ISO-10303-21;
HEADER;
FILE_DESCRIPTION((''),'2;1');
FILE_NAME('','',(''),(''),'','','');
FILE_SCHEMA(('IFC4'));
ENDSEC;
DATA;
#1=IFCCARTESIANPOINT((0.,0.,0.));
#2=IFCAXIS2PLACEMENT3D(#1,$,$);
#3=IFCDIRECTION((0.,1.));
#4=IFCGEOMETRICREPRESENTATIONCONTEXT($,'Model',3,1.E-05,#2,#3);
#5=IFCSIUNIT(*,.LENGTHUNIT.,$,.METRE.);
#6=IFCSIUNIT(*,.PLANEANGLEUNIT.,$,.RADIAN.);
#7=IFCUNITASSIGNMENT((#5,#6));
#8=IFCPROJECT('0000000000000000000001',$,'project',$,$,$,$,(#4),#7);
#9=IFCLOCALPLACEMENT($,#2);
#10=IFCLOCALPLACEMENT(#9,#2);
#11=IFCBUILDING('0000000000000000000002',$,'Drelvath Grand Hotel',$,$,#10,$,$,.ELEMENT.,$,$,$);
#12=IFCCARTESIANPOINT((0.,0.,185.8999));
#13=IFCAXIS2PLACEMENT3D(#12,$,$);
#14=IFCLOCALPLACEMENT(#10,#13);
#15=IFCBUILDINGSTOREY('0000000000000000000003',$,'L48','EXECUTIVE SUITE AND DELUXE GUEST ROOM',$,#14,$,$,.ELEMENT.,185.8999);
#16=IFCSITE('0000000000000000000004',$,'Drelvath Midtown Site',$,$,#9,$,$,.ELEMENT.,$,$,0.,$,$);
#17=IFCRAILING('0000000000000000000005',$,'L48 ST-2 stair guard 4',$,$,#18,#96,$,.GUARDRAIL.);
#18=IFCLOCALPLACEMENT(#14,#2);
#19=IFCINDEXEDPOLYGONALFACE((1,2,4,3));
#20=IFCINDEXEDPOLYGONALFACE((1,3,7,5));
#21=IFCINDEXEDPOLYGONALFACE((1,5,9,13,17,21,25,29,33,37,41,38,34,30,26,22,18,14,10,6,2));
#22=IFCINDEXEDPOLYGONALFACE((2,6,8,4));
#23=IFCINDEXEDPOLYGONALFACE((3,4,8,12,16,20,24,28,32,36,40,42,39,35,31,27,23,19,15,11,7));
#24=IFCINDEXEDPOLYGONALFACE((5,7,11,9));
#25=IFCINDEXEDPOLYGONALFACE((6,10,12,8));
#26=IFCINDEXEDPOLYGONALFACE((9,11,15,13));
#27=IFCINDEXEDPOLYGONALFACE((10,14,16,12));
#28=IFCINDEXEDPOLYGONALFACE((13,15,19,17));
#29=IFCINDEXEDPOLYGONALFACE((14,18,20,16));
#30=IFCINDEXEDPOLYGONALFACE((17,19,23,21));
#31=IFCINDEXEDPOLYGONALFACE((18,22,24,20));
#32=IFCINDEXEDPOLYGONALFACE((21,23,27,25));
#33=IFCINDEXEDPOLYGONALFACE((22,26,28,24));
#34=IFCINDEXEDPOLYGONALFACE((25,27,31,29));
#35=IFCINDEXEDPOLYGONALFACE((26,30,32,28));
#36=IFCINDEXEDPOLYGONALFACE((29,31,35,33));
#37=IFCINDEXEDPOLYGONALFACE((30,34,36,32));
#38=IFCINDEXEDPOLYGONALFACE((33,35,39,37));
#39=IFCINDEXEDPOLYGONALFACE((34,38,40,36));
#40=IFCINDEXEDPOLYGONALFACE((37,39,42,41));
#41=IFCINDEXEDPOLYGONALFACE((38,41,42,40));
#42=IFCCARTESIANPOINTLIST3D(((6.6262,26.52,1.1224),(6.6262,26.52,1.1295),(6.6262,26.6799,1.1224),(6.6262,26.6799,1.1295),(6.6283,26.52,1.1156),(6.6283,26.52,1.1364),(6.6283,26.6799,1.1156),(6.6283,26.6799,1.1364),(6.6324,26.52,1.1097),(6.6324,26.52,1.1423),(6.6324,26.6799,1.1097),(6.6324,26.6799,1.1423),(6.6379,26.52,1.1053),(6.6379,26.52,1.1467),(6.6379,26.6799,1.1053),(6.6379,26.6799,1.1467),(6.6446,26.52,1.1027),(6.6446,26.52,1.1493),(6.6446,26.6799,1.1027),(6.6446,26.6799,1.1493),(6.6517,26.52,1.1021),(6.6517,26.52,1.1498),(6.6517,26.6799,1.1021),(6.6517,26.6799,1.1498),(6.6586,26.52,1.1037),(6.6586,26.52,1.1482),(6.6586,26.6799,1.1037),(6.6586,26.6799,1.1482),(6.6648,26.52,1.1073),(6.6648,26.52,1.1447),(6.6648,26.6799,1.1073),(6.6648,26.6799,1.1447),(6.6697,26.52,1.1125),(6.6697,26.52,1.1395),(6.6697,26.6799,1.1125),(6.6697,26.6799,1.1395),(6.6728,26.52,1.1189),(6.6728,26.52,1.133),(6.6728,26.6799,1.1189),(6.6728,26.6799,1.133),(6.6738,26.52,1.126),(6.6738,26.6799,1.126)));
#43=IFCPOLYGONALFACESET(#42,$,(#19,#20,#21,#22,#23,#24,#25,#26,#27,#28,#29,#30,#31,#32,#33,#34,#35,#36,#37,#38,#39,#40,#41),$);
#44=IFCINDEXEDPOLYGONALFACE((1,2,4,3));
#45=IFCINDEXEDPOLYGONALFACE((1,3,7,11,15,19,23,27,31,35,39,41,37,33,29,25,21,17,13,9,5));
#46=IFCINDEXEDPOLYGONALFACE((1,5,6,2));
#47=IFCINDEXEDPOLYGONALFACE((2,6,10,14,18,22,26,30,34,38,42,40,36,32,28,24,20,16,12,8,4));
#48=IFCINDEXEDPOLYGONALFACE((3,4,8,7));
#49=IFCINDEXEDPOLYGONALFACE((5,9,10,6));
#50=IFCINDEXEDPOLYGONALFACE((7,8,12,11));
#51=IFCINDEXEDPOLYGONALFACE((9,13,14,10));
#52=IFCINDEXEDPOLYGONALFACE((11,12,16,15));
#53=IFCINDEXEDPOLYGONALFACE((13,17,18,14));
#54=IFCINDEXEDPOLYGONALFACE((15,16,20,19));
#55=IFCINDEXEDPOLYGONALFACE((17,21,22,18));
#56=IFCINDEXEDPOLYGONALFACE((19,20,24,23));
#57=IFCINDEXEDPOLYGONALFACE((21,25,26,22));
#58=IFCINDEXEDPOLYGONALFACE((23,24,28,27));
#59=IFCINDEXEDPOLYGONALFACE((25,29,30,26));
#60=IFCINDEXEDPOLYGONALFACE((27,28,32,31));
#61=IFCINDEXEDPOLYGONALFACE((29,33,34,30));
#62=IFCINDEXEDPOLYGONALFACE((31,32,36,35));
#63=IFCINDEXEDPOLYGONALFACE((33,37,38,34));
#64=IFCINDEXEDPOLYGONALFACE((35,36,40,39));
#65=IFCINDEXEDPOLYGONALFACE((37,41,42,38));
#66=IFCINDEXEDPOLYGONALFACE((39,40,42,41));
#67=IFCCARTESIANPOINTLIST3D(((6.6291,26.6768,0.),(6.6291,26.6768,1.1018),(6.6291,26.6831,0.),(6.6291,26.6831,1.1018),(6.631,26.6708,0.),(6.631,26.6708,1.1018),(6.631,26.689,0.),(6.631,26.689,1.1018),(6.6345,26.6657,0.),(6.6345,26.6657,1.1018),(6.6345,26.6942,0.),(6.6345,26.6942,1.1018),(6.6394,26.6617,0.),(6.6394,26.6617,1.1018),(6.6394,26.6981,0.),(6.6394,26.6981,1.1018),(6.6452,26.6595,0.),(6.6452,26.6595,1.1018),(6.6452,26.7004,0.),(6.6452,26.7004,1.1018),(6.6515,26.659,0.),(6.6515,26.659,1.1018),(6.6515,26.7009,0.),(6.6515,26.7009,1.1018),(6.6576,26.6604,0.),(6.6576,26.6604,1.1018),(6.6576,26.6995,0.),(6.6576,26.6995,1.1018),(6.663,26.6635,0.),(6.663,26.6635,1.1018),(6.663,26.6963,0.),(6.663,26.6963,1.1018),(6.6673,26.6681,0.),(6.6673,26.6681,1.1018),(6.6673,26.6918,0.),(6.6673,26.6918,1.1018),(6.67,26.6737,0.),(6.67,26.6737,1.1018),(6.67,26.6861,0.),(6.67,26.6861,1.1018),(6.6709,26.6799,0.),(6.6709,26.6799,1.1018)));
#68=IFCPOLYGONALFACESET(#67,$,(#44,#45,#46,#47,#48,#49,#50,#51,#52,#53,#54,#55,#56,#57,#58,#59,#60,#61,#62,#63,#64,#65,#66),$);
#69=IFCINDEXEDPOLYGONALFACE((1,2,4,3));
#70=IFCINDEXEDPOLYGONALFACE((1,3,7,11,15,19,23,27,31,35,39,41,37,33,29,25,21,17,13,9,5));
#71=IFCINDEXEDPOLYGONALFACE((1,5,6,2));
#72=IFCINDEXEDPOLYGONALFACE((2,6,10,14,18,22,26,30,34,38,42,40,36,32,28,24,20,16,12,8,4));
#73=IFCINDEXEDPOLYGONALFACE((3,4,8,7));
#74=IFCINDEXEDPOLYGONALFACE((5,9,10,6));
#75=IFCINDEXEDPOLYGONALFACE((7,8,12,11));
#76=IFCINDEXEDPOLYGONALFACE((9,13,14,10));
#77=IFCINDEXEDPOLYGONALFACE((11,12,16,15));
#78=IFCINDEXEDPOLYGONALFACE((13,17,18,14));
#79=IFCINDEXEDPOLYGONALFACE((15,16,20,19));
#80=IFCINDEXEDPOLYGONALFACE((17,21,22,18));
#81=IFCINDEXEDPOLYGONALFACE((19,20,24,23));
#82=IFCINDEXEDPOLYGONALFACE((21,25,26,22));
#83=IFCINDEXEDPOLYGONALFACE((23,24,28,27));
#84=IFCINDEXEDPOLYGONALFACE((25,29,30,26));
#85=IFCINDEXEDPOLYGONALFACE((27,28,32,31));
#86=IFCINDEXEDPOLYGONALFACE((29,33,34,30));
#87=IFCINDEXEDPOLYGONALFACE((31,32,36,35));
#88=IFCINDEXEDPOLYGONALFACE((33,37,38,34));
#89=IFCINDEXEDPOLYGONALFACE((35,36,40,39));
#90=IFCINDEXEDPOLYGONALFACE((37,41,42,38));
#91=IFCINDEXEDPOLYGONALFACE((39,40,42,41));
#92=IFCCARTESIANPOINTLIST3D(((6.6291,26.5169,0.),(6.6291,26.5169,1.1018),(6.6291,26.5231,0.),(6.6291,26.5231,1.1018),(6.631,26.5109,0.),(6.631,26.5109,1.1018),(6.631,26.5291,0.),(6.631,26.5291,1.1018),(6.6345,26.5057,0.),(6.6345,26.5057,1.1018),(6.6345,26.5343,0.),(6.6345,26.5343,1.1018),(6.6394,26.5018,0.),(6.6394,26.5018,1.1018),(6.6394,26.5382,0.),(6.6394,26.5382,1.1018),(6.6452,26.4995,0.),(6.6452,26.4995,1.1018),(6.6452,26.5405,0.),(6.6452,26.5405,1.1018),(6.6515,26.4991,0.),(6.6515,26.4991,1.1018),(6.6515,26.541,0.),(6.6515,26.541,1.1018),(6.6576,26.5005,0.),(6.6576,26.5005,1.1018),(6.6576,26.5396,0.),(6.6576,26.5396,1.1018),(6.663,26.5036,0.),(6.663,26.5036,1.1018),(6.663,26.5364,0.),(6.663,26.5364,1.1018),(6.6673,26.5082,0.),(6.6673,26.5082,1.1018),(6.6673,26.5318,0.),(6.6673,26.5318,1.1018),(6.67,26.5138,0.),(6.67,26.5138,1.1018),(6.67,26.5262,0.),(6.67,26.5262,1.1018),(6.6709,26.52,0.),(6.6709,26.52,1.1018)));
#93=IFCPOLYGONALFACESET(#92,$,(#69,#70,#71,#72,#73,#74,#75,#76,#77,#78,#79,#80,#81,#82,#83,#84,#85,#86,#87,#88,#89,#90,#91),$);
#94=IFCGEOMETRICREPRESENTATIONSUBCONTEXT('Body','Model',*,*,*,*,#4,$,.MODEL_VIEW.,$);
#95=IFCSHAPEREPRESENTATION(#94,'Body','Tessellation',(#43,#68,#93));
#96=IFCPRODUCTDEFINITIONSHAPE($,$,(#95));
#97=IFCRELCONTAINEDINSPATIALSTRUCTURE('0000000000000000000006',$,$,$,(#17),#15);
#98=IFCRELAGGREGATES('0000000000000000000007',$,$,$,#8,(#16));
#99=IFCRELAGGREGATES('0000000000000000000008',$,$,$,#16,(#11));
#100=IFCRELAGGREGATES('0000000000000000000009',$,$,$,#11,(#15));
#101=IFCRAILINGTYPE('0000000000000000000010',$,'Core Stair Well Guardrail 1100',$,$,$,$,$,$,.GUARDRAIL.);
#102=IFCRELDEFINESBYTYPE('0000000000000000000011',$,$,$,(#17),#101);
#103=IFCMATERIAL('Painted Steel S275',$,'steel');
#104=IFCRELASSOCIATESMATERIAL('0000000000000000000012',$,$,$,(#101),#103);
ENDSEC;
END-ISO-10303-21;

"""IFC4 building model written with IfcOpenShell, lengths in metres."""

from ifc_helpers import new_model, si_unit, direction, frame, origin, origin_2d, place, context, subcontext, project, spatial, circle, extrude, material, type_object, element, save


model = new_model("IFC4")

# Units and contexts
model_context = context("Model", 3, precision=1e-05, world=origin(), true_north=direction((0.0, 1.0)))
body_context = subcontext(model_context, "Body", "Model", "MODEL_VIEW")
ifc_project = project(units=[si_unit("LENGTHUNIT", "METRE"), si_unit("PLANEANGLEUNIT", "RADIAN")], contexts=[model_context])

# Site, building, storey
site_placement = place(None, origin())
site = spatial("IfcSite", under=ifc_project, at=site_placement, Name="Drelvath Midtown Site", CompositionType="ELEMENT", RefElevation=0.0)
building_placement = place(site_placement, origin())
building = spatial("IfcBuilding", under=site, at=building_placement, Name="Drelvath Grand Hotel", CompositionType="ELEMENT")
storey_placement = place(building_placement, frame((0.0, 0.0, 185.8999)))
storey = spatial("IfcBuildingStorey", under=building, at=storey_placement, Name="L48", Description="EXECUTIVE SUITE AND DELUXE GUEST ROOM", CompositionType="ELEMENT", Elevation=185.8999)

# Railing
ifc_material_1 = material(Name="Painted Steel S275", Category="steel")
railing_type_1 = type_object("IfcRailingType", Name="Core Stair Well Guardrail 1100", PredefinedType="GUARDRAIL", material=ifc_material_1)
railing_1_placement = place(storey_placement, frame((6.6499, 26.6799, 0.0)))
element("IfcRailing", 1, at=railing_1_placement, inside=storey, type_object=railing_type_1, Name="L48 ST-2 stair guard 4", PredefinedType="GUARDRAIL", context=body_context, shape_type="SweptSolid", body=[
    extrude(circle(Radius=0.0239, at=origin_2d()), frame((0.0, 0.0, 1.126), z_axis=(0.0, -1.0, 0.0), x_axis=(1.0, 0.0, 0.0)), (0.0, 0.0, 1.0), 0.1599),
    extrude(circle(Radius=0.021, at=origin_2d()), origin(), (0.0, 0.0, 1.0), 1.1018),
    extrude(circle(Radius=0.021, at=origin_2d()), frame((0.0, -0.1599, 0.0)), (0.0, 0.0, 1.0), 1.1018),
])

save(model, "model.ifc")
